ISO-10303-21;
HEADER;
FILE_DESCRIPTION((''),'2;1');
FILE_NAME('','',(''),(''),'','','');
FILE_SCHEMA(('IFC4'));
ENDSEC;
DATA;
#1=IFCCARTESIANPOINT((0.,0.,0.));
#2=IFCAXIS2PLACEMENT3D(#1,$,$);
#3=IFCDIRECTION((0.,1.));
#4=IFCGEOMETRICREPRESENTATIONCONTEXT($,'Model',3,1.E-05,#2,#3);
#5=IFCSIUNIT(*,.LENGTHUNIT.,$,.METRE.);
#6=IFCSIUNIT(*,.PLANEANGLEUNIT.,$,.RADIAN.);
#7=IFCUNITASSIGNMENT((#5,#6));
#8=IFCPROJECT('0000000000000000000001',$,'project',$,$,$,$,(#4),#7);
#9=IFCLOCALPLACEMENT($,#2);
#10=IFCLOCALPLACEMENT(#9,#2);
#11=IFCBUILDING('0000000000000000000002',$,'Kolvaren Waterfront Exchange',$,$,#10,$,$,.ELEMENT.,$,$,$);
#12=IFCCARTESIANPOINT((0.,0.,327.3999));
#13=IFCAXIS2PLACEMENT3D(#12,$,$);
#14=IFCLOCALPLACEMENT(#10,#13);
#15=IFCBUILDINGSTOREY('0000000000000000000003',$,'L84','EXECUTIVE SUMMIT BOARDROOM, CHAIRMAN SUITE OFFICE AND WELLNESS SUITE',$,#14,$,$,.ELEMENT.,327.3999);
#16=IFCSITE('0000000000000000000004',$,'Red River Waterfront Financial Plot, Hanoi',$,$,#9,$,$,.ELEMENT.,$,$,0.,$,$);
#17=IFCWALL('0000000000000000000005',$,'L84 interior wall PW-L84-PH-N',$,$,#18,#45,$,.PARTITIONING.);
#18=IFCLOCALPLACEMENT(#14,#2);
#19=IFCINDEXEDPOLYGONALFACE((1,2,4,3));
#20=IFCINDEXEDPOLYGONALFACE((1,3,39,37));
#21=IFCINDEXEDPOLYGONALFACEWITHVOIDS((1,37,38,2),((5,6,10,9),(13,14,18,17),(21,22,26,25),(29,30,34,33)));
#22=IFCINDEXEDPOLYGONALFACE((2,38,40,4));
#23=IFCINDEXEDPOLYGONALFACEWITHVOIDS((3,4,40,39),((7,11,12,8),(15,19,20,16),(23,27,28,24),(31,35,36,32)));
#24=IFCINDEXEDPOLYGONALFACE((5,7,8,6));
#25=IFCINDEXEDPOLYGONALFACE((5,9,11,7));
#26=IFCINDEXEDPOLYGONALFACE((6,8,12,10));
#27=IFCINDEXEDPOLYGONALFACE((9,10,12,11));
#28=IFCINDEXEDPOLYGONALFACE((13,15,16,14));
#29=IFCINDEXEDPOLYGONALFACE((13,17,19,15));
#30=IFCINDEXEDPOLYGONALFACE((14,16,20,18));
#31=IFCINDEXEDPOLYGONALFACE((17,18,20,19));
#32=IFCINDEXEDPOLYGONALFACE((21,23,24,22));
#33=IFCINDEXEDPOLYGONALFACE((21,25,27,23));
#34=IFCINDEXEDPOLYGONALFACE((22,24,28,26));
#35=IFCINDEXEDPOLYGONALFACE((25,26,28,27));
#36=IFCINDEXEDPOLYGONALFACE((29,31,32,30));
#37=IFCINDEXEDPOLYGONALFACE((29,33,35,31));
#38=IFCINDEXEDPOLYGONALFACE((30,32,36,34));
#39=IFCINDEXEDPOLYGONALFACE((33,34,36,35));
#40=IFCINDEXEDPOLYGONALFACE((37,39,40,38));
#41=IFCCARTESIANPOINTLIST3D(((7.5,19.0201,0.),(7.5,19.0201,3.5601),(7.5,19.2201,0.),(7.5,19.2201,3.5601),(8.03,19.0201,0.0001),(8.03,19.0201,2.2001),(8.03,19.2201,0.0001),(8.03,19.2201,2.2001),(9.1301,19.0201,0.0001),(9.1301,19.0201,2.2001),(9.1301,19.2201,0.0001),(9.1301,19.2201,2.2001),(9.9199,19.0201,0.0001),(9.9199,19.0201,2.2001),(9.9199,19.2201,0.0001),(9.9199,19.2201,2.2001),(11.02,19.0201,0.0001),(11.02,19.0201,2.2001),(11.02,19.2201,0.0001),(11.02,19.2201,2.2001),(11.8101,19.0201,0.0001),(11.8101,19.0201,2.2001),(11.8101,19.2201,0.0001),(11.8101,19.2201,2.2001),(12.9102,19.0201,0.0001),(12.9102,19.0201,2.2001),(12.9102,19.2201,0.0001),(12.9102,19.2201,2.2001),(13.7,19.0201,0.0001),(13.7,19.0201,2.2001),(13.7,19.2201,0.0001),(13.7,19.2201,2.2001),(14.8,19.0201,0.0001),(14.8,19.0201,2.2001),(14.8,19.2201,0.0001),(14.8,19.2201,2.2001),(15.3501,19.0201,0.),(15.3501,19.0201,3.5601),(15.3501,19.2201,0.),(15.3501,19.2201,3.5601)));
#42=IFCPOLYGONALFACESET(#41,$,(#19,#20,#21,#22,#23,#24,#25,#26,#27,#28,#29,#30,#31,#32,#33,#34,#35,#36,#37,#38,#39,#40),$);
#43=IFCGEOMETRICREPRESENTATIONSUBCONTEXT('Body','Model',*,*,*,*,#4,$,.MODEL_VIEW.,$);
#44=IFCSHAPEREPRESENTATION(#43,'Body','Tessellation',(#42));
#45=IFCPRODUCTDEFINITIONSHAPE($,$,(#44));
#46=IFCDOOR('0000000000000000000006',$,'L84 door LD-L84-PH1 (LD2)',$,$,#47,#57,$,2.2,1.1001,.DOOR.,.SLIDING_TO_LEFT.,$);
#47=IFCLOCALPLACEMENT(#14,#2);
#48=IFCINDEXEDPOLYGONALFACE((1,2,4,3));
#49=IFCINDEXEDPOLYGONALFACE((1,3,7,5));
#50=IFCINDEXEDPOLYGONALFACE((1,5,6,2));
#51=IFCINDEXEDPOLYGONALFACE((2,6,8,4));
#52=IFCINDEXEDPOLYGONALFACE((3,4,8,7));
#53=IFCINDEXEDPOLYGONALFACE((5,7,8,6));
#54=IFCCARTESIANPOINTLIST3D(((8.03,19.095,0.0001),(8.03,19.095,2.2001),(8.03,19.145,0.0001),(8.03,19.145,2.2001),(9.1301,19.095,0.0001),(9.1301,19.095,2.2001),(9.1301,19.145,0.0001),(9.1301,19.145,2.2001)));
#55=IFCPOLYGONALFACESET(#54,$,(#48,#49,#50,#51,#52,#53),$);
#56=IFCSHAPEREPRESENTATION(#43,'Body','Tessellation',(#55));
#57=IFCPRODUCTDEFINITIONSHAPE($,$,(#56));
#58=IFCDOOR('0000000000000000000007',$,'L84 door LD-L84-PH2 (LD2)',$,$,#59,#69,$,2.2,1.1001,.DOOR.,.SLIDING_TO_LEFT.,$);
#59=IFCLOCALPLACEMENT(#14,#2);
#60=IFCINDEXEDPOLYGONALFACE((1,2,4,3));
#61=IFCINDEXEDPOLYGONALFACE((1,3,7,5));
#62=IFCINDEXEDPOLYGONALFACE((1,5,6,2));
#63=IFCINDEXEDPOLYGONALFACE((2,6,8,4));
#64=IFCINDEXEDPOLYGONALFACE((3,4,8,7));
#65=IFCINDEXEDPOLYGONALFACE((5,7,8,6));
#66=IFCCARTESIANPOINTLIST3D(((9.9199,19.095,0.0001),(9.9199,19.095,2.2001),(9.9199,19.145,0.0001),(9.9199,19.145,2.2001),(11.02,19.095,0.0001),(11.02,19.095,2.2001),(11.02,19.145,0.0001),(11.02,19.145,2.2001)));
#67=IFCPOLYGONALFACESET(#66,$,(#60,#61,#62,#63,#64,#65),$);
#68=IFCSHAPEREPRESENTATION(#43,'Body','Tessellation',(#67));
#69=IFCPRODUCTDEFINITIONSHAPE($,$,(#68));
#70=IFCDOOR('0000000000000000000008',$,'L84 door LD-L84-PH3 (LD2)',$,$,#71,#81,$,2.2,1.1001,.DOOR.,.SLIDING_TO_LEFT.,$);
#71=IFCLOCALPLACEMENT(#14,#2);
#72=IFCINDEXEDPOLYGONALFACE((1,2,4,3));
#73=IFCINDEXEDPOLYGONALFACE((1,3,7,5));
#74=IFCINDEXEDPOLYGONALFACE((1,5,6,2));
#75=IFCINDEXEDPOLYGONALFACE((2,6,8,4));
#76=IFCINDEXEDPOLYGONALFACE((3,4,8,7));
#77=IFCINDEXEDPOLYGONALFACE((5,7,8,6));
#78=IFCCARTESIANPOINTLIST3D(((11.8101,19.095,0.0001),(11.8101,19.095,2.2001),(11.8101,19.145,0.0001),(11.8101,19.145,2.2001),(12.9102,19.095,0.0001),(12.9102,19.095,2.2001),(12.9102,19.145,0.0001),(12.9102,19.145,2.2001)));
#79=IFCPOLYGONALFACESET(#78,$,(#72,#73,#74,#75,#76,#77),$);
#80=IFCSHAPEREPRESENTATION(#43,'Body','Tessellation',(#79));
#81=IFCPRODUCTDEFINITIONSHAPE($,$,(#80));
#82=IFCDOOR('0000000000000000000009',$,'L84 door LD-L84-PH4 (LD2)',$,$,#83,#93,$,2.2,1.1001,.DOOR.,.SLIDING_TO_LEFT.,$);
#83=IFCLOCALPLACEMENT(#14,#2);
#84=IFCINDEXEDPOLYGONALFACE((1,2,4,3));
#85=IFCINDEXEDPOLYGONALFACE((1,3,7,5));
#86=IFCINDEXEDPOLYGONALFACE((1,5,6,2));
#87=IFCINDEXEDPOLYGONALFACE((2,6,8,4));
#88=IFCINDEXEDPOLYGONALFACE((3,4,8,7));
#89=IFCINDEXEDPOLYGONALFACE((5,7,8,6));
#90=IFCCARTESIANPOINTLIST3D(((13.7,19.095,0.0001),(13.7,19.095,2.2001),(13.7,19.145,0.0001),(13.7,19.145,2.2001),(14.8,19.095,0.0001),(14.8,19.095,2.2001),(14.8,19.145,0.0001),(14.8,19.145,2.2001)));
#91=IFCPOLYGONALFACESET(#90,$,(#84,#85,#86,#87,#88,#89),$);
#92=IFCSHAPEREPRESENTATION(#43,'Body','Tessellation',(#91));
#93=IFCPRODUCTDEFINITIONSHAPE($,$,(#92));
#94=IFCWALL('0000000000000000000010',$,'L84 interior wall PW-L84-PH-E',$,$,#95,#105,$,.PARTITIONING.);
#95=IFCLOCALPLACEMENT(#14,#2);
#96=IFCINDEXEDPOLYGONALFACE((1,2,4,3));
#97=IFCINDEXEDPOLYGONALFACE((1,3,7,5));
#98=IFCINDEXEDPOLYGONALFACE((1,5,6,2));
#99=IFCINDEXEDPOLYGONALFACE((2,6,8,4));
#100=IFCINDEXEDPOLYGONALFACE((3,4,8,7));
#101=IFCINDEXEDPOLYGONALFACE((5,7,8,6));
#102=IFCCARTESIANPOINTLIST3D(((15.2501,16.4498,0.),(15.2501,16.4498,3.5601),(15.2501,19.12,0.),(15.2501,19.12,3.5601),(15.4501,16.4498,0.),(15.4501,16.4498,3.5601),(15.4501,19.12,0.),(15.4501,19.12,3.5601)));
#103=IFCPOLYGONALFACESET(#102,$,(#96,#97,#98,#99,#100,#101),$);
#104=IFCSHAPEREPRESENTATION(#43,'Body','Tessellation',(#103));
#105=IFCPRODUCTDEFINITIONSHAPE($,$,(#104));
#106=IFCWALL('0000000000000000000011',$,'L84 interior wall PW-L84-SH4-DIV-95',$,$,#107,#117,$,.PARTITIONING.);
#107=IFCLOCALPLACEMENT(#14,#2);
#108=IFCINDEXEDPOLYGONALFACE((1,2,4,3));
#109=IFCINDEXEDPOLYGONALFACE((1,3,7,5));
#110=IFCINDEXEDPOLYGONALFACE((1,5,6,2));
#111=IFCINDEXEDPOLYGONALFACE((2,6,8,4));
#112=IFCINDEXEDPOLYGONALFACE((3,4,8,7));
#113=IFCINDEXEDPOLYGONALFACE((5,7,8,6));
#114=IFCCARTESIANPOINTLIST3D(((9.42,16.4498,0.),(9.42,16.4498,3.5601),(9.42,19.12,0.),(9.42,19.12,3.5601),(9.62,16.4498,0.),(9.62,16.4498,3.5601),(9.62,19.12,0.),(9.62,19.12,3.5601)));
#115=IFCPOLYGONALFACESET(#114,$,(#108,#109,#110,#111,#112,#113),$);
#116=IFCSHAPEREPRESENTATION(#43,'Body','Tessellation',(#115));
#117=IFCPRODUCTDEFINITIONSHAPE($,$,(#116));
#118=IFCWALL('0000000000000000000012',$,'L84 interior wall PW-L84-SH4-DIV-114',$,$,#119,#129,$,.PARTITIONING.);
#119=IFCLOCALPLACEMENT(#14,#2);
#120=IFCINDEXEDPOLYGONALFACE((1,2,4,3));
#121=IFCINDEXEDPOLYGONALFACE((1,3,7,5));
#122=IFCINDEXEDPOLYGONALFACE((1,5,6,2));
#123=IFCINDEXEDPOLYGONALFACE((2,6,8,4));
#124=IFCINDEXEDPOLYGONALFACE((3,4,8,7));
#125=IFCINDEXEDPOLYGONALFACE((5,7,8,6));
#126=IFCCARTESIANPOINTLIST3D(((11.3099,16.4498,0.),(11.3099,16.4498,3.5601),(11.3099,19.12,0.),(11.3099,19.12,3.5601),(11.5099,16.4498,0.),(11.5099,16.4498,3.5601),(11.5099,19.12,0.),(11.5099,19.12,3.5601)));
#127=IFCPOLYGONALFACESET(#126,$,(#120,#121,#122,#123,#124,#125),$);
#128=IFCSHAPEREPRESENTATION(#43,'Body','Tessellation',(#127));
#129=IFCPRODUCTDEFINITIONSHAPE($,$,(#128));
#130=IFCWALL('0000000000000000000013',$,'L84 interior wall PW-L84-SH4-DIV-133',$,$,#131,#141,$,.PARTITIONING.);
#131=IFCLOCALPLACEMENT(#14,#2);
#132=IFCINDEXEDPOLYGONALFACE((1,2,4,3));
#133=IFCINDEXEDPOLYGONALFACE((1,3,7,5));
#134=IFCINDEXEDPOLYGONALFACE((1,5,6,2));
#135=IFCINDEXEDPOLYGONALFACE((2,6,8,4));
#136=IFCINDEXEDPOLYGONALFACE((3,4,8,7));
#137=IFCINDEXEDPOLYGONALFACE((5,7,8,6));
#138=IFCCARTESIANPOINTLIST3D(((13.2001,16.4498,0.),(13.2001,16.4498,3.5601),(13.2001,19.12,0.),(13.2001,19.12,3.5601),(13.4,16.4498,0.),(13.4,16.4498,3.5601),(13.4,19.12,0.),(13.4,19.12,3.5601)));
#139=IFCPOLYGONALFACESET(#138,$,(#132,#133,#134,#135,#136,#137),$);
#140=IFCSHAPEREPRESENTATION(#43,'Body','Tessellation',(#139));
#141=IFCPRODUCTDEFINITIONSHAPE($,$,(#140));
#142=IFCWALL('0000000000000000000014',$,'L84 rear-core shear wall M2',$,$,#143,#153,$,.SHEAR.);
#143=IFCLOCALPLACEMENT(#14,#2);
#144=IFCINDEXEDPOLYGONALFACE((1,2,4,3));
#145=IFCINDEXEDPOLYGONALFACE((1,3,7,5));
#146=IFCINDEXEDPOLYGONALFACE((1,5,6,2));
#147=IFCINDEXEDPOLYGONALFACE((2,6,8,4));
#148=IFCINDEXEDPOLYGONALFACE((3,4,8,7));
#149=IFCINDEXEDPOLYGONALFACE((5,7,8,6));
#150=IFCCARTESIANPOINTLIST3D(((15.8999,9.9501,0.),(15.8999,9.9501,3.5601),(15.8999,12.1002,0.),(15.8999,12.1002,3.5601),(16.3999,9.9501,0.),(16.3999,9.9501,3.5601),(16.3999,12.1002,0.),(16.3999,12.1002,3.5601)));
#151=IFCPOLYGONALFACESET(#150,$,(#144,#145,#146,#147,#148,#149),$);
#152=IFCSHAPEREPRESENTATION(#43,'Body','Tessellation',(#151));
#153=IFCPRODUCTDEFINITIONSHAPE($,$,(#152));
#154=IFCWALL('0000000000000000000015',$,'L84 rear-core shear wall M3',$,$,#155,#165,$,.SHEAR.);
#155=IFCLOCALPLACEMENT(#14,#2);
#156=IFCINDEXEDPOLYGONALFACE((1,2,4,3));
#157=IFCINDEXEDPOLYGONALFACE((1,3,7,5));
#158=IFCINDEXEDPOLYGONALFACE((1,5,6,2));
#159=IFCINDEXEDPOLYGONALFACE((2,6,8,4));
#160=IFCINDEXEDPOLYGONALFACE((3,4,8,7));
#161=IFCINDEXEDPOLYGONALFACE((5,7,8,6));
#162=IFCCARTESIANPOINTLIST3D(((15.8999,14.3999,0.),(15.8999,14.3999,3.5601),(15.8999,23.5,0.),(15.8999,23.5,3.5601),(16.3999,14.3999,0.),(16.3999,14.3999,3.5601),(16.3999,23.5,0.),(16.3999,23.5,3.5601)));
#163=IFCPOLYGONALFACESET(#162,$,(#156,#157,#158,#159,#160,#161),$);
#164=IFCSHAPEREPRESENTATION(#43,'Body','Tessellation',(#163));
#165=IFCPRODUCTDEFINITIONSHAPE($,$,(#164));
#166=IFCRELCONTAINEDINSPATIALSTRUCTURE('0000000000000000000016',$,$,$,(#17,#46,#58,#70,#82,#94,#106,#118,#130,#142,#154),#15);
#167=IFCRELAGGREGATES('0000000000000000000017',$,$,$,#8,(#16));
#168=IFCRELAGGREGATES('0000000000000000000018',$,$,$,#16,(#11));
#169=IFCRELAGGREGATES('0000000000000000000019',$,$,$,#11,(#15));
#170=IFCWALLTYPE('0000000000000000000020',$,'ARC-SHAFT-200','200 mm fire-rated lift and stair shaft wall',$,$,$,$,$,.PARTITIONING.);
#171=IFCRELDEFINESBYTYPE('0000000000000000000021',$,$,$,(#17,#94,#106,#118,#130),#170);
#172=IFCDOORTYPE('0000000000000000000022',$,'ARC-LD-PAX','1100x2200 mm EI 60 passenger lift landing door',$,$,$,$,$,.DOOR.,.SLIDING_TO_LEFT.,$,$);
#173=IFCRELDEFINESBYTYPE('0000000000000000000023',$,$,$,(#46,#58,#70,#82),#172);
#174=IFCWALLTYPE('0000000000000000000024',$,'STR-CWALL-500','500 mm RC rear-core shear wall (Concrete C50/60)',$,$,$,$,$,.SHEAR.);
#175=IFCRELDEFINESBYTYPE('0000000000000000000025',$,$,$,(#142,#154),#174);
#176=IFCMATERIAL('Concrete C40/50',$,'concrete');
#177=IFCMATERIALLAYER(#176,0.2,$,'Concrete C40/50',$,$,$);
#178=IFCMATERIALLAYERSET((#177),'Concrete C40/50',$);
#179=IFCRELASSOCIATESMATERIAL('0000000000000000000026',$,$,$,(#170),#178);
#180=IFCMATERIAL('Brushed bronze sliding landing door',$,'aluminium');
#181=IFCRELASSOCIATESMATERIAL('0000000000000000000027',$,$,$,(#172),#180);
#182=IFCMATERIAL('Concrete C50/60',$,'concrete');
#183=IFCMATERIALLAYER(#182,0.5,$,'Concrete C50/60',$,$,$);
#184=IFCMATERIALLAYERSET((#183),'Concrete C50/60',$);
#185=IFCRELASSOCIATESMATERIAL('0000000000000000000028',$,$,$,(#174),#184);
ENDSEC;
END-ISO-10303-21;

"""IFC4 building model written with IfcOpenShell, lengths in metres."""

from ifc_helpers import new_model, si_unit, direction, frame, frame_2d, origin, place, context, subcontext, project, spatial, rectangle, extrude, material, layer, layer_set, type_object, element, fill, save


model = new_model("IFC4")

# Units and contexts
model_context = context("Model", 3, precision=1e-05, world=origin(), true_north=direction((0.0, 1.0)))
body_context = subcontext(model_context, "Body", "Model", "MODEL_VIEW")
ifc_project = project(units=[si_unit("LENGTHUNIT", "METRE"), si_unit("PLANEANGLEUNIT", "RADIAN")], contexts=[model_context])

# Site, building, storey
site_placement = place(None, origin())
site = spatial("IfcSite", under=ifc_project, at=site_placement, Name="Red River Waterfront Financial Plot, Hanoi", CompositionType="ELEMENT", RefElevation=0.0)
building_placement = place(site_placement, origin())
building = spatial("IfcBuilding", under=site, at=building_placement, Name="Kolvaren Waterfront Exchange", CompositionType="ELEMENT")
storey_placement = place(building_placement, frame((0.0, 0.0, 327.3999)))
storey = spatial("IfcBuildingStorey", under=building, at=storey_placement, Name="L84", Description="EXECUTIVE SUMMIT BOARDROOM, CHAIRMAN SUITE OFFICE AND WELLNESS SUITE", CompositionType="ELEMENT", Elevation=327.3999)

# Shared definitions
ifc_material_1 = material(Name="Concrete C40/50", Category="concrete")
ifc_layer_1 = layer(ifc_material_1, 0.2, Name="Concrete C40/50")
ifc_layer_set_1 = layer_set([ifc_layer_1], Name="Concrete C40/50")
wall_type_1 = type_object("IfcWallType", Name="ARC-SHAFT-200", Description="200 mm fire-rated lift and stair shaft wall", PredefinedType="PARTITIONING", material=ifc_layer_set_1)

# Wall, openings, doors
wall_1_placement = place(storey_placement, frame((7.5, 19.1201, 0.0), z_axis=(0.0, 0.0, 1.0), x_axis=(1.0, 0.0, 0.0)))
wall_1 = element("IfcWall", 1, at=wall_1_placement, inside=storey, type_object=wall_type_1, Name="L84 interior wall PW-L84-PH-N", PredefinedType="PARTITIONING", context=body_context, shape_type="SweptSolid", body=[
    extrude(rectangle(XDim=7.8501, YDim=0.2, at=frame_2d((3.925, 0.0))), origin(), (0.0, 0.0, 1.0), 3.5601),
])
opening_1_placement = place(wall_1_placement, frame((0.53, 0.0, 0.0)))
opening_1 = element("IfcOpeningElement", 2, at=opening_1_placement, cuts=wall_1, PredefinedType="OPENING", context=body_context, shape_type="SweptSolid", body=[
    extrude(rectangle(XDim=1.1001, YDim=2.2, at=frame_2d((0.55, 1.1001))), frame((0.0, 0.1099, 0.0), z_axis=(0.0, -1.0, 0.0), x_axis=(1.0, 0.0, 0.0)), (0.0, 0.0, 1.0), 0.22),
])
opening_2_placement = place(wall_1_placement, frame((2.4199, 0.0, 0.0)))
opening_2 = element("IfcOpeningElement", 3, at=opening_2_placement, cuts=wall_1, PredefinedType="OPENING", context=body_context, shape_type="SweptSolid", body=[
    extrude(rectangle(XDim=1.1001, YDim=2.2, at=frame_2d((0.55, 1.1001))), frame((0.0, 0.1099, 0.0), z_axis=(0.0, -1.0, 0.0), x_axis=(1.0, 0.0, 0.0)), (0.0, 0.0, 1.0), 0.22),
])
opening_3_placement = place(wall_1_placement, frame((4.3101, 0.0, 0.0)))
opening_3 = element("IfcOpeningElement", 4, at=opening_3_placement, cuts=wall_1, PredefinedType="OPENING", context=body_context, shape_type="SweptSolid", body=[
    extrude(rectangle(XDim=1.1001, YDim=2.2, at=frame_2d((0.55, 1.1001))), frame((0.0, 0.1099, 0.0), z_axis=(0.0, -1.0, 0.0), x_axis=(1.0, 0.0, 0.0)), (0.0, 0.0, 1.0), 0.22),
])
opening_4_placement = place(wall_1_placement, frame((6.2, 0.0, 0.0)))
opening_4 = element("IfcOpeningElement", 5, at=opening_4_placement, cuts=wall_1, PredefinedType="OPENING", context=body_context, shape_type="SweptSolid", body=[
    extrude(rectangle(XDim=1.1001, YDim=2.2, at=frame_2d((0.55, 1.1001))), frame((0.0, 0.1099, 0.0), z_axis=(0.0, -1.0, 0.0), x_axis=(1.0, 0.0, 0.0)), (0.0, 0.0, 1.0), 0.22),
])
ifc_material_2 = material(Name="Brushed bronze sliding landing door", Category="aluminium")
door_type_1 = type_object("IfcDoorType", Name="ARC-LD-PAX", Description="1100x2200 mm EI 60 passenger lift landing door", OperationType="SLIDING_TO_LEFT", PredefinedType="DOOR", material=ifc_material_2)
door_1_placement = place(opening_1_placement, origin())
door_1 = element("IfcDoor", 6, at=door_1_placement, inside=storey, type_object=door_type_1, Name="L84 door LD-L84-PH1 (LD2)", OperationType="SLIDING_TO_LEFT", OverallHeight=2.2, OverallWidth=1.1001, PredefinedType="DOOR", context=body_context, shape_type="SweptSolid", body=[
    extrude(rectangle(XDim=1.1001, YDim=2.2, at=frame_2d((0.55, 1.1001))), frame((0.0, 0.0249, 0.0), z_axis=(0.0, -1.0, 0.0), x_axis=(1.0, 0.0, 0.0)), (0.0, 0.0, 1.0), 0.05),
])
fill(opening_1, door_1)
door_2_placement = place(opening_2_placement, origin())
door_2 = element("IfcDoor", 7, at=door_2_placement, inside=storey, type_object=door_type_1, Name="L84 door LD-L84-PH2 (LD2)", OperationType="SLIDING_TO_LEFT", OverallHeight=2.2, OverallWidth=1.1001, PredefinedType="DOOR", context=body_context, shape_type="SweptSolid", body=[
    extrude(rectangle(XDim=1.1001, YDim=2.2, at=frame_2d((0.55, 1.1001))), frame((0.0, 0.0249, 0.0), z_axis=(0.0, -1.0, 0.0), x_axis=(1.0, 0.0, 0.0)), (0.0, 0.0, 1.0), 0.05),
])
fill(opening_2, door_2)
door_3_placement = place(opening_3_placement, origin())
door_3 = element("IfcDoor", 8, at=door_3_placement, inside=storey, type_object=door_type_1, Name="L84 door LD-L84-PH3 (LD2)", OperationType="SLIDING_TO_LEFT", OverallHeight=2.2, OverallWidth=1.1001, PredefinedType="DOOR", context=body_context, shape_type="SweptSolid", body=[
    extrude(rectangle(XDim=1.1001, YDim=2.2, at=frame_2d((0.55, 1.1001))), frame((0.0, 0.0249, 0.0), z_axis=(0.0, -1.0, 0.0), x_axis=(1.0, 0.0, 0.0)), (0.0, 0.0, 1.0), 0.05),
])
fill(opening_3, door_3)
door_4_placement = place(opening_4_placement, origin())
door_4 = element("IfcDoor", 9, at=door_4_placement, inside=storey, type_object=door_type_1, Name="L84 door LD-L84-PH4 (LD2)", OperationType="SLIDING_TO_LEFT", OverallHeight=2.2, OverallWidth=1.1001, PredefinedType="DOOR", context=body_context, shape_type="SweptSolid", body=[
    extrude(rectangle(XDim=1.1001, YDim=2.2, at=frame_2d((0.55, 1.1001))), frame((0.0, 0.0249, 0.0), z_axis=(0.0, -1.0, 0.0), x_axis=(1.0, 0.0, 0.0)), (0.0, 0.0, 1.0), 0.05),
])
fill(opening_4, door_4)

# Walls
for number, where, z_axis, x_axis, name in (
    (10, (15.3501, 16.45, 0.0), (0.0, 0.0, 1.0), (0.0, 1.0, 0.0), "L84 interior wall PW-L84-PH-E"),
    (11, (9.52, 16.45, 0.0), (0.0, 0.0, 1.0), (0.0, 1.0, 0.0), "L84 interior wall PW-L84-SH4-DIV-95"),
    (12, (11.4099, 16.45, 0.0), (0.0, 0.0, 1.0), (0.0, 1.0, 0.0), "L84 interior wall PW-L84-SH4-DIV-114"),
    (13, (13.3, 16.45, 0.0), (0.0, 0.0, 1.0), (0.0, 1.0, 0.0), "L84 interior wall PW-L84-SH4-DIV-133"),
):
    element("IfcWall", number, at=place(storey_placement, frame(where, z_axis=z_axis, x_axis=x_axis)), inside=storey, type_object=wall_type_1, Name=name, PredefinedType="PARTITIONING", context=body_context, shape_type="SweptSolid", body=[
        extrude(rectangle(XDim=2.6702, YDim=0.2, at=frame_2d((1.335, 0.0))), origin(), (0.0, 0.0, 1.0), 3.5601),
    ])
ifc_material_3 = material(Name="Concrete C50/60", Category="concrete")
ifc_layer_2 = layer(ifc_material_3, 0.5, Name="Concrete C50/60")
ifc_layer_set_2 = layer_set([ifc_layer_2], Name="Concrete C50/60")
wall_type_2 = type_object("IfcWallType", Name="STR-CWALL-500", Description="500 mm RC rear-core shear wall (Concrete C50/60)", PredefinedType="SHEAR", material=ifc_layer_set_2)
wall_2_placement = place(storey_placement, frame((16.1499, 9.95, 0.0), z_axis=(0.0, 0.0, 1.0), x_axis=(0.0, 1.0, 0.0)))
element("IfcWall", 14, at=wall_2_placement, inside=storey, type_object=wall_type_2, Name="L84 rear-core shear wall M2", PredefinedType="SHEAR", context=body_context, shape_type="SweptSolid", body=[
    extrude(rectangle(XDim=2.1501, YDim=0.5, at=frame_2d((1.0752, 0.0))), origin(), (0.0, 0.0, 1.0), 3.5601),
])
wall_3_placement = place(storey_placement, frame((16.1499, 14.3999, 0.0), z_axis=(0.0, 0.0, 1.0), x_axis=(0.0, 1.0, 0.0)))
element("IfcWall", 15, at=wall_3_placement, inside=storey, type_object=wall_type_2, Name="L84 rear-core shear wall M3", PredefinedType="SHEAR", context=body_context, shape_type="SweptSolid", body=[
    extrude(rectangle(XDim=9.1001, YDim=0.5, at=frame_2d((4.55, 0.0))), origin(), (0.0, 0.0, 1.0), 3.5601),
])

save(model, "model.ifc")
